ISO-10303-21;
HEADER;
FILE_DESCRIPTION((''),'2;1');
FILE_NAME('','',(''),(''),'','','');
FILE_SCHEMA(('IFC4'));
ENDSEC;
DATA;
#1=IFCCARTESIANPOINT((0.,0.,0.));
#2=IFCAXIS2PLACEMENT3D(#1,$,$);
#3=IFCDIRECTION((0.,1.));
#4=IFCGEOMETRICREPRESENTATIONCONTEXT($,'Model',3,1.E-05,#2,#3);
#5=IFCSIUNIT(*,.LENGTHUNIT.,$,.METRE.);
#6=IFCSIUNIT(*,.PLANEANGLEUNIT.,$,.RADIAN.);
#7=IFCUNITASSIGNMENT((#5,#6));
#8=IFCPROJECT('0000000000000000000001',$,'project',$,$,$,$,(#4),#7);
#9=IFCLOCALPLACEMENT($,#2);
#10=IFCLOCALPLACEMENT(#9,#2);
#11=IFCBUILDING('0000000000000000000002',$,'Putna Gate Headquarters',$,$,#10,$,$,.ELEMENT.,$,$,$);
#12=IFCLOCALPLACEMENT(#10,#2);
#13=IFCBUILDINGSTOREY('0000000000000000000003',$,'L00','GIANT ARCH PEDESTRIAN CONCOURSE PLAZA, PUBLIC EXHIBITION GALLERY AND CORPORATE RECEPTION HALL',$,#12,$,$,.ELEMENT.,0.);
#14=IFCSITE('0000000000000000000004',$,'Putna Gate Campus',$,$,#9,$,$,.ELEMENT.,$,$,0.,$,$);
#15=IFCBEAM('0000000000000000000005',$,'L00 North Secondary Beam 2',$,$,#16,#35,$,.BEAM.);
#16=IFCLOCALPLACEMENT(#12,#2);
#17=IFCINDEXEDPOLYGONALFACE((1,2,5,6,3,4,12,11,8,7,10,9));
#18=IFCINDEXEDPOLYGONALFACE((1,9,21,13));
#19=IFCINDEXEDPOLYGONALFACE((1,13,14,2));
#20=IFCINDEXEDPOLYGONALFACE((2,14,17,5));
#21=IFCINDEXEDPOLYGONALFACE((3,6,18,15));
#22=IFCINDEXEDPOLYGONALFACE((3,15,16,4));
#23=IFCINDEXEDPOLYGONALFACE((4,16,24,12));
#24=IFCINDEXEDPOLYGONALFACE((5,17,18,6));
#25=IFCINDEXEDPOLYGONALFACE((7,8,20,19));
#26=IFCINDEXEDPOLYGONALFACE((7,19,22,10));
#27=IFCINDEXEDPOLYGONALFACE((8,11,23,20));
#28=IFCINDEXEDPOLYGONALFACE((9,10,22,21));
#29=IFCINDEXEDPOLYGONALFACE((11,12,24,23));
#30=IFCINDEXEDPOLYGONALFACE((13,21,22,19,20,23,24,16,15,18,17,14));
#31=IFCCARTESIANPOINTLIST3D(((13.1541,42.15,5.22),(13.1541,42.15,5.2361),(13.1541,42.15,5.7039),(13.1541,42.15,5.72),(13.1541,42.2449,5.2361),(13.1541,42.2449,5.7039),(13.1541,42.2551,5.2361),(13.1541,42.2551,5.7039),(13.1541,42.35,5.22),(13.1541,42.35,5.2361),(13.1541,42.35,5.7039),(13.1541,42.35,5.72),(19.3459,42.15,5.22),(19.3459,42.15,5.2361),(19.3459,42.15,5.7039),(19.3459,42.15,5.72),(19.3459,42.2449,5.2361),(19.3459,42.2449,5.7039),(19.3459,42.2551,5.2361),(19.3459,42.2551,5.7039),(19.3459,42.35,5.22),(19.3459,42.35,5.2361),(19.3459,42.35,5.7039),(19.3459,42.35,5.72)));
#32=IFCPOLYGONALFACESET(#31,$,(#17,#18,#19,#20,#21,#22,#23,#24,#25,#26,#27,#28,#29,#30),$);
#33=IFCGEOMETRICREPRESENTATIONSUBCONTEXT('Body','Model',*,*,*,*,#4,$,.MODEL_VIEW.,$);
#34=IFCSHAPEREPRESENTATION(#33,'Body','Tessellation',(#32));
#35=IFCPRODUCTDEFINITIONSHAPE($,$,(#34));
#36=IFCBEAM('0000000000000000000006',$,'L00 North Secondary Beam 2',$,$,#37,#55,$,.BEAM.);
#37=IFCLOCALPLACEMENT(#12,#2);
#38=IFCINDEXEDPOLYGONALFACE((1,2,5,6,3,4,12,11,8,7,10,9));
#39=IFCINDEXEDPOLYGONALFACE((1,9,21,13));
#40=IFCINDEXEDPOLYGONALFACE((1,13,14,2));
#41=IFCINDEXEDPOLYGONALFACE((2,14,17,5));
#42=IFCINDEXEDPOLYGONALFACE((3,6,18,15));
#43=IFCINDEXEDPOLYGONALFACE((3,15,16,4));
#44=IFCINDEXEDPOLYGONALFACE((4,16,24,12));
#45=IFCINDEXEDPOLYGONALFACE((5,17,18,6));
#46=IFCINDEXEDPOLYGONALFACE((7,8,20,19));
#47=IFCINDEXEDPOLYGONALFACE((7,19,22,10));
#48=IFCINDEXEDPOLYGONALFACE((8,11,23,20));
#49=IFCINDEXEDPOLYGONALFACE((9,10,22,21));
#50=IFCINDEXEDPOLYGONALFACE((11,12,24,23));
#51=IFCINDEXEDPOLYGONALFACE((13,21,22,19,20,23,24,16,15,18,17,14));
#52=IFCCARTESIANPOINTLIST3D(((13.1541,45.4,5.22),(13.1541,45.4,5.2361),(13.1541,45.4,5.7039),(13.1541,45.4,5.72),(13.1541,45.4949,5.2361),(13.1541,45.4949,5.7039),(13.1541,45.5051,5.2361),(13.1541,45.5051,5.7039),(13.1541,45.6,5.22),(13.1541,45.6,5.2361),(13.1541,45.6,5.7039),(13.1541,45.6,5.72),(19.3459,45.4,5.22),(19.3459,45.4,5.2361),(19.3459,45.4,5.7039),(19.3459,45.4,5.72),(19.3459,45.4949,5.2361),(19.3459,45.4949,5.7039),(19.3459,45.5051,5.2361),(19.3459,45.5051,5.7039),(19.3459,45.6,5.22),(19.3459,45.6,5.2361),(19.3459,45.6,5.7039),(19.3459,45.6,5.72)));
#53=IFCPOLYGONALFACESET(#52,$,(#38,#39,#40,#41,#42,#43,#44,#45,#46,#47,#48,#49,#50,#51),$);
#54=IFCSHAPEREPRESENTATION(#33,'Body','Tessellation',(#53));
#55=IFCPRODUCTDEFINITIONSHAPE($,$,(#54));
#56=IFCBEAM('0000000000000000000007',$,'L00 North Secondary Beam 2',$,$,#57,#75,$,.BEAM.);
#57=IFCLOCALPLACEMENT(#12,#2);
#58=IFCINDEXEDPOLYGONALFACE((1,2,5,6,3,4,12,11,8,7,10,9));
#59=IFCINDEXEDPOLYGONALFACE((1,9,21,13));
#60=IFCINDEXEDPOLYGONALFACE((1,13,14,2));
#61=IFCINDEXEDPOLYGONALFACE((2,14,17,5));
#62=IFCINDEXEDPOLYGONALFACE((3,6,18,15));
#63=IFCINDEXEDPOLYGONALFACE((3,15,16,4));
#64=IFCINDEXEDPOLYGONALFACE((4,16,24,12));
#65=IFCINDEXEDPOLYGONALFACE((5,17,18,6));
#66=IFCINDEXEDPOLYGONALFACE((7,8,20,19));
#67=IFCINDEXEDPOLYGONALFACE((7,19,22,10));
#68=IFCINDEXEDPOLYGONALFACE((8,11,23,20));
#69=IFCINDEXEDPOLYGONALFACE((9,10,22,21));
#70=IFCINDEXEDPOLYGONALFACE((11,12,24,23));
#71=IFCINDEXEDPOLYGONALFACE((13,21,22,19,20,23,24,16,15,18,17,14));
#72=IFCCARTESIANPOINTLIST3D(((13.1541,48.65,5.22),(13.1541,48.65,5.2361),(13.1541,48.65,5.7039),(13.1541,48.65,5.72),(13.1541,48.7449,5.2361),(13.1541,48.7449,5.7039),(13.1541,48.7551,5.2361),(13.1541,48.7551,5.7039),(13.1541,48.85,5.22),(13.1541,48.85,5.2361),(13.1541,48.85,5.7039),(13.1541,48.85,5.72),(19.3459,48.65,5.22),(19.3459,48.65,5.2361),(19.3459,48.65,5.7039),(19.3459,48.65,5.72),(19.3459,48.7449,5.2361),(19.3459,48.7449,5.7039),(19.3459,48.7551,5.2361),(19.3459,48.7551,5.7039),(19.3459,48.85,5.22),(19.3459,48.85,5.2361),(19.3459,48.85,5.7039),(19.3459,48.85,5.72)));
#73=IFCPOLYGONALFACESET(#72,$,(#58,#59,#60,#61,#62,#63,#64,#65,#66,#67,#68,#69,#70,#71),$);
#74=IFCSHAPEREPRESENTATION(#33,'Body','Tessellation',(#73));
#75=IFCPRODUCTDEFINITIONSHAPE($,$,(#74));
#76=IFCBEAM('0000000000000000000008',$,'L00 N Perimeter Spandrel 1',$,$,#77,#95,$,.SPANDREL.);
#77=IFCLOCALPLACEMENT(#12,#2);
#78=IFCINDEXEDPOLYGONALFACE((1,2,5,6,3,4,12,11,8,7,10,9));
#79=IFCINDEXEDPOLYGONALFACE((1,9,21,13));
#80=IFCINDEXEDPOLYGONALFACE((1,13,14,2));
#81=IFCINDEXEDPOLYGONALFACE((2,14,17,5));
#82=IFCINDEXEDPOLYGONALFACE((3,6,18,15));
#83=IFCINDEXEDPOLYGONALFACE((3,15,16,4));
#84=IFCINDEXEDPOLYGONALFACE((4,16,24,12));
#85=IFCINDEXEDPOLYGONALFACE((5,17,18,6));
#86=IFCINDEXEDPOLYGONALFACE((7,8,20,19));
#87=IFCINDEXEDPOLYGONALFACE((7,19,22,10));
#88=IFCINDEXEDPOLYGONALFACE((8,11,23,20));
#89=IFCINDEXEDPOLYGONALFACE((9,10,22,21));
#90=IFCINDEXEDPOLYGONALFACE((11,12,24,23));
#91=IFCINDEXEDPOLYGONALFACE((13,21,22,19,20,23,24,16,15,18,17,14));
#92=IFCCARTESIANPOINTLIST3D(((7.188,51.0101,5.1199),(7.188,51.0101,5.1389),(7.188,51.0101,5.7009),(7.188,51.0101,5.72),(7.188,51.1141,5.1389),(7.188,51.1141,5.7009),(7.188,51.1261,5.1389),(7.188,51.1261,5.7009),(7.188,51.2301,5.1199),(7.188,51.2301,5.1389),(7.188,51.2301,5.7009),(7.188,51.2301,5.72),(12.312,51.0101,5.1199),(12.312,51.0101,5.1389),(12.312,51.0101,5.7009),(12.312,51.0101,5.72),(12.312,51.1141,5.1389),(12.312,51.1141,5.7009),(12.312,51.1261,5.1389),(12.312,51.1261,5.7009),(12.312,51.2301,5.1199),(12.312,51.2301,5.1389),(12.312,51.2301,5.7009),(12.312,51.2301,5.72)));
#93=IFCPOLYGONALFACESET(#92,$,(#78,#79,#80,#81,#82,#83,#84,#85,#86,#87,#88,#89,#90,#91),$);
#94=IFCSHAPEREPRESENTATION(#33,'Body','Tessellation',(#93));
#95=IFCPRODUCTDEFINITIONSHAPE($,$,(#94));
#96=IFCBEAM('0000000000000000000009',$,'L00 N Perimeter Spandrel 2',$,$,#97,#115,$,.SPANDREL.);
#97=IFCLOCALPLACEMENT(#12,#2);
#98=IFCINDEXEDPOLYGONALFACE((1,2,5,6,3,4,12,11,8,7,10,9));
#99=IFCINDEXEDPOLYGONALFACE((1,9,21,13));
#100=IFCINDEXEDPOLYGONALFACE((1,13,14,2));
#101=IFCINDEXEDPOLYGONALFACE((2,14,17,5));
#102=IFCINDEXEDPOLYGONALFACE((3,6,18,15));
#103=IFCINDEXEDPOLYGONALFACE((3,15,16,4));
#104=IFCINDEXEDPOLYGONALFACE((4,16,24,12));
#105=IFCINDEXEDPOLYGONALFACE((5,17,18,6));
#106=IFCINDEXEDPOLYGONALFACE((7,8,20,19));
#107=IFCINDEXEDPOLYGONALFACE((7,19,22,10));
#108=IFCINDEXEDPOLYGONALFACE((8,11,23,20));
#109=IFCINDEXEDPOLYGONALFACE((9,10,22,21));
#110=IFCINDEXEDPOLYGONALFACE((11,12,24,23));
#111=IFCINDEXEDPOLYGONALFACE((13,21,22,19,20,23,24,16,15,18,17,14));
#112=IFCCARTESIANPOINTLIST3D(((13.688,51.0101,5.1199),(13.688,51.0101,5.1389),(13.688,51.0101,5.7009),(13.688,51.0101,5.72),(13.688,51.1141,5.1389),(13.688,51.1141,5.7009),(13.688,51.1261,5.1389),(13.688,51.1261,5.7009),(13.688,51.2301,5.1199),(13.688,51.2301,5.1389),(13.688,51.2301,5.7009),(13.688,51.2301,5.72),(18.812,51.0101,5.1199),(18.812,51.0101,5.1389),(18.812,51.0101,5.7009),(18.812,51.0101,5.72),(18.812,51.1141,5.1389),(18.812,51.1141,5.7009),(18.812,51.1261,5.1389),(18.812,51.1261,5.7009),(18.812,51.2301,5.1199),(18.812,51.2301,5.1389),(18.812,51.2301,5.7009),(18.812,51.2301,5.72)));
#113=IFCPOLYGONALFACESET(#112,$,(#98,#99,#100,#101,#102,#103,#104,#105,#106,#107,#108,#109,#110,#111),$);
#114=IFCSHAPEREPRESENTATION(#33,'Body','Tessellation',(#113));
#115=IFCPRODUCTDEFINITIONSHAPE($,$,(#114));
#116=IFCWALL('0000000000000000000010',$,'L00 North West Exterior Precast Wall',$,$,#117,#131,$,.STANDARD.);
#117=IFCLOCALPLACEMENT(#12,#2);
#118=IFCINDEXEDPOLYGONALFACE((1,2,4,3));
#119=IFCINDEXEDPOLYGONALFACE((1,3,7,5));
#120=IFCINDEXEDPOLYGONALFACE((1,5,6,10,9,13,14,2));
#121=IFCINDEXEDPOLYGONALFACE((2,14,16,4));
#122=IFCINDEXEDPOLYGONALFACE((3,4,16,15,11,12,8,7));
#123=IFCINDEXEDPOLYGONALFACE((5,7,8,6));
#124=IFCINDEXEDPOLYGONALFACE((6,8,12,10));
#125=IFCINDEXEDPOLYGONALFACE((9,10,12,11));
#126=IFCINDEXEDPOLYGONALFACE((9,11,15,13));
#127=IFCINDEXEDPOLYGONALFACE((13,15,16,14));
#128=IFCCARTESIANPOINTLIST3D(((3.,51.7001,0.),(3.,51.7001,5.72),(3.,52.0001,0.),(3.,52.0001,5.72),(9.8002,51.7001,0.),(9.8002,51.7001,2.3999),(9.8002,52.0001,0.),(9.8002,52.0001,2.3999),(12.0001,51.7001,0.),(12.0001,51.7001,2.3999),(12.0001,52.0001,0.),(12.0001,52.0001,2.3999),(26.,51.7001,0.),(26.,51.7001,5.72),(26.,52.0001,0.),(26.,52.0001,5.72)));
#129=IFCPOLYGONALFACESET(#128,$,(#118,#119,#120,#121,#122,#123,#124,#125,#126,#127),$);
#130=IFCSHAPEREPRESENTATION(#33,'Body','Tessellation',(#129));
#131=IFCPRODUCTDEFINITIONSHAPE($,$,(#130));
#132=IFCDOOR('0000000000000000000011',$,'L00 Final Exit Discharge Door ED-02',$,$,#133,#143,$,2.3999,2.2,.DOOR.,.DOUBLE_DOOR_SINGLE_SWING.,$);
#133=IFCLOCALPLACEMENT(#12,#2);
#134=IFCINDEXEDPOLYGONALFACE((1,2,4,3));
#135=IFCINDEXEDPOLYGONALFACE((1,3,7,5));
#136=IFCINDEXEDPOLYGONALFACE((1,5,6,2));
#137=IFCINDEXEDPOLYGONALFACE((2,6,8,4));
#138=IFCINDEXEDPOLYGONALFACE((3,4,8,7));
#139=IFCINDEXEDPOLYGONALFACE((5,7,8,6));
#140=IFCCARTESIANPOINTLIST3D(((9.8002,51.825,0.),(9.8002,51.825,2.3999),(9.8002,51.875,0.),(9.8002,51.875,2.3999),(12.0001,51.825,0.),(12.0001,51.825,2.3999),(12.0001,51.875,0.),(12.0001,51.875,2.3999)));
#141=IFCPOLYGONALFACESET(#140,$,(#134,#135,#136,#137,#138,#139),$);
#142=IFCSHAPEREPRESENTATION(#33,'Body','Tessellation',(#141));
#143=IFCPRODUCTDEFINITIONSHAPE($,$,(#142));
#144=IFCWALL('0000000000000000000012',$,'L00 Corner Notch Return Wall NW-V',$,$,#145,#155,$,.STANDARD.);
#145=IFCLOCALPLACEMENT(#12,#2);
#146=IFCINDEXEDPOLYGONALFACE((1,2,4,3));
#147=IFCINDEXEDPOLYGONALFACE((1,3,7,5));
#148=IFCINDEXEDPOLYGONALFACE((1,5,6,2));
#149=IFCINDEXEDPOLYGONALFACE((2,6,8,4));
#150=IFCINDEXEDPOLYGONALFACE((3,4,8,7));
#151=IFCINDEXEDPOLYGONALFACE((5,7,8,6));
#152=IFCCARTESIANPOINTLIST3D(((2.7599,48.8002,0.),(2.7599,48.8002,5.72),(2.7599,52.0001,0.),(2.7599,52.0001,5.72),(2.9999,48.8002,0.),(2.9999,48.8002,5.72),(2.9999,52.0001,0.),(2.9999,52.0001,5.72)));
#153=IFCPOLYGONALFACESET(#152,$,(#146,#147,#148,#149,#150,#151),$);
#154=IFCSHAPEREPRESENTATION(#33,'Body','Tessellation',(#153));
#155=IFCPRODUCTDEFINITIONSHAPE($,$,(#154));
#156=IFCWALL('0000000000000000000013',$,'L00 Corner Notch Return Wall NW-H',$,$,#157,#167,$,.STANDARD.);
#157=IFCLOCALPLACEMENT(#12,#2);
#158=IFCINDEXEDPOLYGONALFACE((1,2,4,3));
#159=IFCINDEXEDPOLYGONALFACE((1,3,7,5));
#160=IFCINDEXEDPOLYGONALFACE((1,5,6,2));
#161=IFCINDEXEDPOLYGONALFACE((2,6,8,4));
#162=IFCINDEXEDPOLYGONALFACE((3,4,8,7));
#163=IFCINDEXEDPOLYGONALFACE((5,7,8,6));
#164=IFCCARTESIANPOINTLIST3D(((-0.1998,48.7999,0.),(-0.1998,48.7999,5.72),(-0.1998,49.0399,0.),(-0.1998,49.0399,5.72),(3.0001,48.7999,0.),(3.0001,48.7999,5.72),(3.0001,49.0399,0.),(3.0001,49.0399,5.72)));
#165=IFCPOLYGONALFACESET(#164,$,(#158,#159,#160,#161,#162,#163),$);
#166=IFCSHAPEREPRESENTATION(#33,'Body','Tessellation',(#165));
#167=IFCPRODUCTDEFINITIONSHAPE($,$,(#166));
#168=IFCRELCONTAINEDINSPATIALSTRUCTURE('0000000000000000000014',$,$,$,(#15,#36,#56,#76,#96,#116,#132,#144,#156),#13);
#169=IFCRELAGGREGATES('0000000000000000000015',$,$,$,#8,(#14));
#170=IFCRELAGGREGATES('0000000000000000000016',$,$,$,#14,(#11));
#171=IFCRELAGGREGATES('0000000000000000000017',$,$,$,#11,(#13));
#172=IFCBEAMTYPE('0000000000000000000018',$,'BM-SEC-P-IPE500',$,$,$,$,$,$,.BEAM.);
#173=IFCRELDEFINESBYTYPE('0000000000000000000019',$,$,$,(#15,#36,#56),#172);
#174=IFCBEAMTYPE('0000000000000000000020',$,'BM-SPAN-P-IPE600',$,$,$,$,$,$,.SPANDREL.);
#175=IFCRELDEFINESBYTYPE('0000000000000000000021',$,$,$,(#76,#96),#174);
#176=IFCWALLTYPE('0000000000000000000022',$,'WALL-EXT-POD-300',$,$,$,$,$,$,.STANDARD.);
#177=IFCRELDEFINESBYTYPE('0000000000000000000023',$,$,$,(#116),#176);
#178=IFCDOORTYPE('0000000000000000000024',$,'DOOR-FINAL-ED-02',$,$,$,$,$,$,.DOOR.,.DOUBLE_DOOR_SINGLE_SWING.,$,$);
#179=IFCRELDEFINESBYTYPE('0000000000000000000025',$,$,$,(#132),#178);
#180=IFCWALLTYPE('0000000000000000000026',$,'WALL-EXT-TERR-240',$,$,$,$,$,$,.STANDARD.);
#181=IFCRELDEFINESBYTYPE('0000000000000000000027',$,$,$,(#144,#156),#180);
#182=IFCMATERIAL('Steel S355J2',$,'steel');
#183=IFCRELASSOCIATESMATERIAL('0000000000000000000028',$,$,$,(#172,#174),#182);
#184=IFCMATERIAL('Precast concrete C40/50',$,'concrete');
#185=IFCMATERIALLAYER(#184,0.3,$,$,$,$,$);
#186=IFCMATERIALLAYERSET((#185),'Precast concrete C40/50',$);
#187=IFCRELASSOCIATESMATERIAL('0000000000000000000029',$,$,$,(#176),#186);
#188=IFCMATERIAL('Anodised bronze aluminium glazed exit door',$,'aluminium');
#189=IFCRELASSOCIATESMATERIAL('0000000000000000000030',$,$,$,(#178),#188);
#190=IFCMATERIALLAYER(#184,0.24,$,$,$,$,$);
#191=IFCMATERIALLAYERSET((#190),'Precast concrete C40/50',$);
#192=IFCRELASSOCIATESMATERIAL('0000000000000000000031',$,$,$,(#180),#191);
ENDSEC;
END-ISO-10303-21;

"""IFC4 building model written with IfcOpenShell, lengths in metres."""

from ifc_helpers import new_model, si_unit, direction, frame, frame_2d, origin, origin_2d, place, context, subcontext, project, spatial, rectangle, i_section, extrude, material, layer, layer_set, material_profile, profile_set, type_object, element, fill, save


model = new_model("IFC4")

# Units and contexts
model_context = context("Model", 3, precision=1e-05, world=origin(), true_north=direction((0.0, 1.0)))
body_context = subcontext(model_context, "Body", "Model", "MODEL_VIEW")
ifc_project = project(units=[si_unit("LENGTHUNIT", "METRE"), si_unit("PLANEANGLEUNIT", "RADIAN")], contexts=[model_context])

# Site, building, storey
site_placement = place(None, origin())
site = spatial("IfcSite", under=ifc_project, at=site_placement, Name="Putna Gate Campus", CompositionType="ELEMENT", RefElevation=0.0)
building_placement = place(site_placement, origin())
building = spatial("IfcBuilding", under=site, at=building_placement, Name="Putna Gate Headquarters", CompositionType="ELEMENT")
storey_placement = place(building_placement, origin())
storey = spatial("IfcBuildingStorey", under=building, at=storey_placement, Name="L00", Description="GIANT ARCH PEDESTRIAN CONCOURSE PLAZA, PUBLIC EXHIBITION GALLERY AND CORPORATE RECEPTION HALL", CompositionType="ELEMENT", Elevation=0.0)

# Beams
ifc_material_1 = material(Name="Steel S355J2", Category="steel")
ifc_material_profile_1 = material_profile(ifc_material_1, i_section(OverallWidth=0.2, OverallDepth=0.5, WebThickness=0.0103, FlangeThickness=0.0161, at=origin_2d()), Name="Steel S355J2")
ifc_profile_set_1 = profile_set([ifc_material_profile_1], Name="Steel S355J2")
beam_type_1 = type_object("IfcBeamType", Name="BM-SEC-P-IPE500", PredefinedType="BEAM", material=ifc_profile_set_1)
for number, where, z_axis, x_axis, name in (
    (1, (13.1541, 42.25, 5.47), (1.0, 0.0, 0.0), (0.0, 1.0, 0.0), "L00 North Secondary Beam 2"),
    (2, (13.1541, 45.5, 5.47), (1.0, 0.0, 0.0), (0.0, 1.0, 0.0), "L00 North Secondary Beam 2"),
    (3, (13.1541, 48.75, 5.47), (1.0, 0.0, 0.0), (0.0, 1.0, 0.0), "L00 North Secondary Beam 2"),
):
    element("IfcBeam", number, at=place(storey_placement, frame(where, z_axis=z_axis, x_axis=x_axis)), inside=storey, type_object=beam_type_1, Name=name, PredefinedType="BEAM", context=body_context, shape_type="SweptSolid", body=[
        extrude(i_section(OverallWidth=0.2, OverallDepth=0.5, WebThickness=0.0103, FlangeThickness=0.0161, at=origin_2d()), origin(), (0.0, 0.0, 1.0), 6.1919),
    ])
ifc_material_profile_2 = material_profile(ifc_material_1, i_section(OverallWidth=0.22, OverallDepth=0.6001, WebThickness=0.012, FlangeThickness=0.019, at=origin_2d()), Name="Steel S355J2")
ifc_profile_set_2 = profile_set([ifc_material_profile_2], Name="Steel S355J2")
beam_type_2 = type_object("IfcBeamType", Name="BM-SPAN-P-IPE600", PredefinedType="SPANDREL", material=ifc_profile_set_2)
for number, where, z_axis, x_axis, name in (
    (4, (7.188, 51.1201, 5.4199), (1.0, 0.0, 0.0), (0.0, 1.0, 0.0), "L00 N Perimeter Spandrel 1"),
    (5, (13.688, 51.1201, 5.4199), (1.0, 0.0, 0.0), (0.0, 1.0, 0.0), "L00 N Perimeter Spandrel 2"),
):
    element("IfcBeam", number, at=place(storey_placement, frame(where, z_axis=z_axis, x_axis=x_axis)), inside=storey, type_object=beam_type_2, Name=name, PredefinedType="SPANDREL", context=body_context, shape_type="SweptSolid", body=[
        extrude(i_section(OverallWidth=0.22, OverallDepth=0.6001, WebThickness=0.012, FlangeThickness=0.019, at=origin_2d()), origin(), (0.0, 0.0, 1.0), 5.124),
    ])

# Wall, opening, door
ifc_material_2 = material(Name="Precast concrete C40/50", Category="concrete")
ifc_layer_1 = layer(ifc_material_2, 0.3)
ifc_layer_set_1 = layer_set([ifc_layer_1], Name="Precast concrete C40/50")
wall_type_1 = type_object("IfcWallType", Name="WALL-EXT-POD-300", PredefinedType="STANDARD", material=ifc_layer_set_1)
wall_1_placement = place(storey_placement, frame((3.0, 51.8501, 0.0), z_axis=(0.0, 0.0, 1.0), x_axis=(1.0, 0.0, 0.0)))
wall_1 = element("IfcWall", 6, at=wall_1_placement, inside=storey, type_object=wall_type_1, Name="L00 North West Exterior Precast Wall", PredefinedType="STANDARD", context=body_context, shape_type="SweptSolid", body=[
    extrude(rectangle(XDim=23.0, YDim=0.3, at=frame_2d((11.5, 0.0))), origin(), (0.0, 0.0, 1.0), 5.72),
])
opening_1_placement = place(wall_1_placement, frame((6.8, 0.0, 0.0)))
opening_1 = element("IfcOpeningElement", 7, at=opening_1_placement, cuts=wall_1, PredefinedType="OPENING", context=body_context, shape_type="SweptSolid", body=[
    extrude(rectangle(XDim=2.2, YDim=2.3999, at=frame_2d((1.1001, 1.2))), frame((0.0, 0.1599, 0.0), z_axis=(0.0, -1.0, 0.0), x_axis=(1.0, 0.0, 0.0)), (0.0, 0.0, 1.0), 0.3201),
])
ifc_material_3 = material(Name="Anodised bronze aluminium glazed exit door", Category="aluminium")
door_type_1 = type_object("IfcDoorType", Name="DOOR-FINAL-ED-02", OperationType="DOUBLE_DOOR_SINGLE_SWING", PredefinedType="DOOR", material=ifc_material_3)
door_1_placement = place(opening_1_placement, origin())
door_1 = element("IfcDoor", 8, at=door_1_placement, inside=storey, type_object=door_type_1, Name="L00 Final Exit Discharge Door ED-02", OperationType="DOUBLE_DOOR_SINGLE_SWING", OverallHeight=2.3999, OverallWidth=2.2, PredefinedType="DOOR", context=body_context, shape_type="SweptSolid", body=[
    extrude(rectangle(XDim=2.2, YDim=2.3999, at=frame_2d((1.1001, 1.2))), frame((0.0, 0.0249, 0.0), z_axis=(0.0, -1.0, 0.0), x_axis=(1.0, 0.0, 0.0)), (0.0, 0.0, 1.0), 0.05),
])
fill(opening_1, door_1)

# Walls
ifc_layer_2 = layer(ifc_material_2, 0.24)
ifc_layer_set_2 = layer_set([ifc_layer_2], Name="Precast concrete C40/50")
wall_type_2 = type_object("IfcWallType", Name="WALL-EXT-TERR-240", PredefinedType="STANDARD", material=ifc_layer_set_2)
for number, where, z_axis, x_axis, name in (
    (9, (2.8799, 48.8, 0.0), (0.0, 0.0, 1.0), (0.0, 1.0, 0.0), "L00 Corner Notch Return Wall NW-V"),
    (10, (-0.2, 48.9199, 0.0), (0.0, 0.0, 1.0), (1.0, 0.0, 0.0), "L00 Corner Notch Return Wall NW-H"),
):
    element("IfcWall", number, at=place(storey_placement, frame(where, z_axis=z_axis, x_axis=x_axis)), inside=storey, type_object=wall_type_2, Name=name, PredefinedType="STANDARD", context=body_context, shape_type="SweptSolid", body=[
        extrude(rectangle(XDim=3.2, YDim=0.24, at=frame_2d((1.6001, 0.0))), origin(), (0.0, 0.0, 1.0), 5.72),
    ])

save(model, "model.ifc")
